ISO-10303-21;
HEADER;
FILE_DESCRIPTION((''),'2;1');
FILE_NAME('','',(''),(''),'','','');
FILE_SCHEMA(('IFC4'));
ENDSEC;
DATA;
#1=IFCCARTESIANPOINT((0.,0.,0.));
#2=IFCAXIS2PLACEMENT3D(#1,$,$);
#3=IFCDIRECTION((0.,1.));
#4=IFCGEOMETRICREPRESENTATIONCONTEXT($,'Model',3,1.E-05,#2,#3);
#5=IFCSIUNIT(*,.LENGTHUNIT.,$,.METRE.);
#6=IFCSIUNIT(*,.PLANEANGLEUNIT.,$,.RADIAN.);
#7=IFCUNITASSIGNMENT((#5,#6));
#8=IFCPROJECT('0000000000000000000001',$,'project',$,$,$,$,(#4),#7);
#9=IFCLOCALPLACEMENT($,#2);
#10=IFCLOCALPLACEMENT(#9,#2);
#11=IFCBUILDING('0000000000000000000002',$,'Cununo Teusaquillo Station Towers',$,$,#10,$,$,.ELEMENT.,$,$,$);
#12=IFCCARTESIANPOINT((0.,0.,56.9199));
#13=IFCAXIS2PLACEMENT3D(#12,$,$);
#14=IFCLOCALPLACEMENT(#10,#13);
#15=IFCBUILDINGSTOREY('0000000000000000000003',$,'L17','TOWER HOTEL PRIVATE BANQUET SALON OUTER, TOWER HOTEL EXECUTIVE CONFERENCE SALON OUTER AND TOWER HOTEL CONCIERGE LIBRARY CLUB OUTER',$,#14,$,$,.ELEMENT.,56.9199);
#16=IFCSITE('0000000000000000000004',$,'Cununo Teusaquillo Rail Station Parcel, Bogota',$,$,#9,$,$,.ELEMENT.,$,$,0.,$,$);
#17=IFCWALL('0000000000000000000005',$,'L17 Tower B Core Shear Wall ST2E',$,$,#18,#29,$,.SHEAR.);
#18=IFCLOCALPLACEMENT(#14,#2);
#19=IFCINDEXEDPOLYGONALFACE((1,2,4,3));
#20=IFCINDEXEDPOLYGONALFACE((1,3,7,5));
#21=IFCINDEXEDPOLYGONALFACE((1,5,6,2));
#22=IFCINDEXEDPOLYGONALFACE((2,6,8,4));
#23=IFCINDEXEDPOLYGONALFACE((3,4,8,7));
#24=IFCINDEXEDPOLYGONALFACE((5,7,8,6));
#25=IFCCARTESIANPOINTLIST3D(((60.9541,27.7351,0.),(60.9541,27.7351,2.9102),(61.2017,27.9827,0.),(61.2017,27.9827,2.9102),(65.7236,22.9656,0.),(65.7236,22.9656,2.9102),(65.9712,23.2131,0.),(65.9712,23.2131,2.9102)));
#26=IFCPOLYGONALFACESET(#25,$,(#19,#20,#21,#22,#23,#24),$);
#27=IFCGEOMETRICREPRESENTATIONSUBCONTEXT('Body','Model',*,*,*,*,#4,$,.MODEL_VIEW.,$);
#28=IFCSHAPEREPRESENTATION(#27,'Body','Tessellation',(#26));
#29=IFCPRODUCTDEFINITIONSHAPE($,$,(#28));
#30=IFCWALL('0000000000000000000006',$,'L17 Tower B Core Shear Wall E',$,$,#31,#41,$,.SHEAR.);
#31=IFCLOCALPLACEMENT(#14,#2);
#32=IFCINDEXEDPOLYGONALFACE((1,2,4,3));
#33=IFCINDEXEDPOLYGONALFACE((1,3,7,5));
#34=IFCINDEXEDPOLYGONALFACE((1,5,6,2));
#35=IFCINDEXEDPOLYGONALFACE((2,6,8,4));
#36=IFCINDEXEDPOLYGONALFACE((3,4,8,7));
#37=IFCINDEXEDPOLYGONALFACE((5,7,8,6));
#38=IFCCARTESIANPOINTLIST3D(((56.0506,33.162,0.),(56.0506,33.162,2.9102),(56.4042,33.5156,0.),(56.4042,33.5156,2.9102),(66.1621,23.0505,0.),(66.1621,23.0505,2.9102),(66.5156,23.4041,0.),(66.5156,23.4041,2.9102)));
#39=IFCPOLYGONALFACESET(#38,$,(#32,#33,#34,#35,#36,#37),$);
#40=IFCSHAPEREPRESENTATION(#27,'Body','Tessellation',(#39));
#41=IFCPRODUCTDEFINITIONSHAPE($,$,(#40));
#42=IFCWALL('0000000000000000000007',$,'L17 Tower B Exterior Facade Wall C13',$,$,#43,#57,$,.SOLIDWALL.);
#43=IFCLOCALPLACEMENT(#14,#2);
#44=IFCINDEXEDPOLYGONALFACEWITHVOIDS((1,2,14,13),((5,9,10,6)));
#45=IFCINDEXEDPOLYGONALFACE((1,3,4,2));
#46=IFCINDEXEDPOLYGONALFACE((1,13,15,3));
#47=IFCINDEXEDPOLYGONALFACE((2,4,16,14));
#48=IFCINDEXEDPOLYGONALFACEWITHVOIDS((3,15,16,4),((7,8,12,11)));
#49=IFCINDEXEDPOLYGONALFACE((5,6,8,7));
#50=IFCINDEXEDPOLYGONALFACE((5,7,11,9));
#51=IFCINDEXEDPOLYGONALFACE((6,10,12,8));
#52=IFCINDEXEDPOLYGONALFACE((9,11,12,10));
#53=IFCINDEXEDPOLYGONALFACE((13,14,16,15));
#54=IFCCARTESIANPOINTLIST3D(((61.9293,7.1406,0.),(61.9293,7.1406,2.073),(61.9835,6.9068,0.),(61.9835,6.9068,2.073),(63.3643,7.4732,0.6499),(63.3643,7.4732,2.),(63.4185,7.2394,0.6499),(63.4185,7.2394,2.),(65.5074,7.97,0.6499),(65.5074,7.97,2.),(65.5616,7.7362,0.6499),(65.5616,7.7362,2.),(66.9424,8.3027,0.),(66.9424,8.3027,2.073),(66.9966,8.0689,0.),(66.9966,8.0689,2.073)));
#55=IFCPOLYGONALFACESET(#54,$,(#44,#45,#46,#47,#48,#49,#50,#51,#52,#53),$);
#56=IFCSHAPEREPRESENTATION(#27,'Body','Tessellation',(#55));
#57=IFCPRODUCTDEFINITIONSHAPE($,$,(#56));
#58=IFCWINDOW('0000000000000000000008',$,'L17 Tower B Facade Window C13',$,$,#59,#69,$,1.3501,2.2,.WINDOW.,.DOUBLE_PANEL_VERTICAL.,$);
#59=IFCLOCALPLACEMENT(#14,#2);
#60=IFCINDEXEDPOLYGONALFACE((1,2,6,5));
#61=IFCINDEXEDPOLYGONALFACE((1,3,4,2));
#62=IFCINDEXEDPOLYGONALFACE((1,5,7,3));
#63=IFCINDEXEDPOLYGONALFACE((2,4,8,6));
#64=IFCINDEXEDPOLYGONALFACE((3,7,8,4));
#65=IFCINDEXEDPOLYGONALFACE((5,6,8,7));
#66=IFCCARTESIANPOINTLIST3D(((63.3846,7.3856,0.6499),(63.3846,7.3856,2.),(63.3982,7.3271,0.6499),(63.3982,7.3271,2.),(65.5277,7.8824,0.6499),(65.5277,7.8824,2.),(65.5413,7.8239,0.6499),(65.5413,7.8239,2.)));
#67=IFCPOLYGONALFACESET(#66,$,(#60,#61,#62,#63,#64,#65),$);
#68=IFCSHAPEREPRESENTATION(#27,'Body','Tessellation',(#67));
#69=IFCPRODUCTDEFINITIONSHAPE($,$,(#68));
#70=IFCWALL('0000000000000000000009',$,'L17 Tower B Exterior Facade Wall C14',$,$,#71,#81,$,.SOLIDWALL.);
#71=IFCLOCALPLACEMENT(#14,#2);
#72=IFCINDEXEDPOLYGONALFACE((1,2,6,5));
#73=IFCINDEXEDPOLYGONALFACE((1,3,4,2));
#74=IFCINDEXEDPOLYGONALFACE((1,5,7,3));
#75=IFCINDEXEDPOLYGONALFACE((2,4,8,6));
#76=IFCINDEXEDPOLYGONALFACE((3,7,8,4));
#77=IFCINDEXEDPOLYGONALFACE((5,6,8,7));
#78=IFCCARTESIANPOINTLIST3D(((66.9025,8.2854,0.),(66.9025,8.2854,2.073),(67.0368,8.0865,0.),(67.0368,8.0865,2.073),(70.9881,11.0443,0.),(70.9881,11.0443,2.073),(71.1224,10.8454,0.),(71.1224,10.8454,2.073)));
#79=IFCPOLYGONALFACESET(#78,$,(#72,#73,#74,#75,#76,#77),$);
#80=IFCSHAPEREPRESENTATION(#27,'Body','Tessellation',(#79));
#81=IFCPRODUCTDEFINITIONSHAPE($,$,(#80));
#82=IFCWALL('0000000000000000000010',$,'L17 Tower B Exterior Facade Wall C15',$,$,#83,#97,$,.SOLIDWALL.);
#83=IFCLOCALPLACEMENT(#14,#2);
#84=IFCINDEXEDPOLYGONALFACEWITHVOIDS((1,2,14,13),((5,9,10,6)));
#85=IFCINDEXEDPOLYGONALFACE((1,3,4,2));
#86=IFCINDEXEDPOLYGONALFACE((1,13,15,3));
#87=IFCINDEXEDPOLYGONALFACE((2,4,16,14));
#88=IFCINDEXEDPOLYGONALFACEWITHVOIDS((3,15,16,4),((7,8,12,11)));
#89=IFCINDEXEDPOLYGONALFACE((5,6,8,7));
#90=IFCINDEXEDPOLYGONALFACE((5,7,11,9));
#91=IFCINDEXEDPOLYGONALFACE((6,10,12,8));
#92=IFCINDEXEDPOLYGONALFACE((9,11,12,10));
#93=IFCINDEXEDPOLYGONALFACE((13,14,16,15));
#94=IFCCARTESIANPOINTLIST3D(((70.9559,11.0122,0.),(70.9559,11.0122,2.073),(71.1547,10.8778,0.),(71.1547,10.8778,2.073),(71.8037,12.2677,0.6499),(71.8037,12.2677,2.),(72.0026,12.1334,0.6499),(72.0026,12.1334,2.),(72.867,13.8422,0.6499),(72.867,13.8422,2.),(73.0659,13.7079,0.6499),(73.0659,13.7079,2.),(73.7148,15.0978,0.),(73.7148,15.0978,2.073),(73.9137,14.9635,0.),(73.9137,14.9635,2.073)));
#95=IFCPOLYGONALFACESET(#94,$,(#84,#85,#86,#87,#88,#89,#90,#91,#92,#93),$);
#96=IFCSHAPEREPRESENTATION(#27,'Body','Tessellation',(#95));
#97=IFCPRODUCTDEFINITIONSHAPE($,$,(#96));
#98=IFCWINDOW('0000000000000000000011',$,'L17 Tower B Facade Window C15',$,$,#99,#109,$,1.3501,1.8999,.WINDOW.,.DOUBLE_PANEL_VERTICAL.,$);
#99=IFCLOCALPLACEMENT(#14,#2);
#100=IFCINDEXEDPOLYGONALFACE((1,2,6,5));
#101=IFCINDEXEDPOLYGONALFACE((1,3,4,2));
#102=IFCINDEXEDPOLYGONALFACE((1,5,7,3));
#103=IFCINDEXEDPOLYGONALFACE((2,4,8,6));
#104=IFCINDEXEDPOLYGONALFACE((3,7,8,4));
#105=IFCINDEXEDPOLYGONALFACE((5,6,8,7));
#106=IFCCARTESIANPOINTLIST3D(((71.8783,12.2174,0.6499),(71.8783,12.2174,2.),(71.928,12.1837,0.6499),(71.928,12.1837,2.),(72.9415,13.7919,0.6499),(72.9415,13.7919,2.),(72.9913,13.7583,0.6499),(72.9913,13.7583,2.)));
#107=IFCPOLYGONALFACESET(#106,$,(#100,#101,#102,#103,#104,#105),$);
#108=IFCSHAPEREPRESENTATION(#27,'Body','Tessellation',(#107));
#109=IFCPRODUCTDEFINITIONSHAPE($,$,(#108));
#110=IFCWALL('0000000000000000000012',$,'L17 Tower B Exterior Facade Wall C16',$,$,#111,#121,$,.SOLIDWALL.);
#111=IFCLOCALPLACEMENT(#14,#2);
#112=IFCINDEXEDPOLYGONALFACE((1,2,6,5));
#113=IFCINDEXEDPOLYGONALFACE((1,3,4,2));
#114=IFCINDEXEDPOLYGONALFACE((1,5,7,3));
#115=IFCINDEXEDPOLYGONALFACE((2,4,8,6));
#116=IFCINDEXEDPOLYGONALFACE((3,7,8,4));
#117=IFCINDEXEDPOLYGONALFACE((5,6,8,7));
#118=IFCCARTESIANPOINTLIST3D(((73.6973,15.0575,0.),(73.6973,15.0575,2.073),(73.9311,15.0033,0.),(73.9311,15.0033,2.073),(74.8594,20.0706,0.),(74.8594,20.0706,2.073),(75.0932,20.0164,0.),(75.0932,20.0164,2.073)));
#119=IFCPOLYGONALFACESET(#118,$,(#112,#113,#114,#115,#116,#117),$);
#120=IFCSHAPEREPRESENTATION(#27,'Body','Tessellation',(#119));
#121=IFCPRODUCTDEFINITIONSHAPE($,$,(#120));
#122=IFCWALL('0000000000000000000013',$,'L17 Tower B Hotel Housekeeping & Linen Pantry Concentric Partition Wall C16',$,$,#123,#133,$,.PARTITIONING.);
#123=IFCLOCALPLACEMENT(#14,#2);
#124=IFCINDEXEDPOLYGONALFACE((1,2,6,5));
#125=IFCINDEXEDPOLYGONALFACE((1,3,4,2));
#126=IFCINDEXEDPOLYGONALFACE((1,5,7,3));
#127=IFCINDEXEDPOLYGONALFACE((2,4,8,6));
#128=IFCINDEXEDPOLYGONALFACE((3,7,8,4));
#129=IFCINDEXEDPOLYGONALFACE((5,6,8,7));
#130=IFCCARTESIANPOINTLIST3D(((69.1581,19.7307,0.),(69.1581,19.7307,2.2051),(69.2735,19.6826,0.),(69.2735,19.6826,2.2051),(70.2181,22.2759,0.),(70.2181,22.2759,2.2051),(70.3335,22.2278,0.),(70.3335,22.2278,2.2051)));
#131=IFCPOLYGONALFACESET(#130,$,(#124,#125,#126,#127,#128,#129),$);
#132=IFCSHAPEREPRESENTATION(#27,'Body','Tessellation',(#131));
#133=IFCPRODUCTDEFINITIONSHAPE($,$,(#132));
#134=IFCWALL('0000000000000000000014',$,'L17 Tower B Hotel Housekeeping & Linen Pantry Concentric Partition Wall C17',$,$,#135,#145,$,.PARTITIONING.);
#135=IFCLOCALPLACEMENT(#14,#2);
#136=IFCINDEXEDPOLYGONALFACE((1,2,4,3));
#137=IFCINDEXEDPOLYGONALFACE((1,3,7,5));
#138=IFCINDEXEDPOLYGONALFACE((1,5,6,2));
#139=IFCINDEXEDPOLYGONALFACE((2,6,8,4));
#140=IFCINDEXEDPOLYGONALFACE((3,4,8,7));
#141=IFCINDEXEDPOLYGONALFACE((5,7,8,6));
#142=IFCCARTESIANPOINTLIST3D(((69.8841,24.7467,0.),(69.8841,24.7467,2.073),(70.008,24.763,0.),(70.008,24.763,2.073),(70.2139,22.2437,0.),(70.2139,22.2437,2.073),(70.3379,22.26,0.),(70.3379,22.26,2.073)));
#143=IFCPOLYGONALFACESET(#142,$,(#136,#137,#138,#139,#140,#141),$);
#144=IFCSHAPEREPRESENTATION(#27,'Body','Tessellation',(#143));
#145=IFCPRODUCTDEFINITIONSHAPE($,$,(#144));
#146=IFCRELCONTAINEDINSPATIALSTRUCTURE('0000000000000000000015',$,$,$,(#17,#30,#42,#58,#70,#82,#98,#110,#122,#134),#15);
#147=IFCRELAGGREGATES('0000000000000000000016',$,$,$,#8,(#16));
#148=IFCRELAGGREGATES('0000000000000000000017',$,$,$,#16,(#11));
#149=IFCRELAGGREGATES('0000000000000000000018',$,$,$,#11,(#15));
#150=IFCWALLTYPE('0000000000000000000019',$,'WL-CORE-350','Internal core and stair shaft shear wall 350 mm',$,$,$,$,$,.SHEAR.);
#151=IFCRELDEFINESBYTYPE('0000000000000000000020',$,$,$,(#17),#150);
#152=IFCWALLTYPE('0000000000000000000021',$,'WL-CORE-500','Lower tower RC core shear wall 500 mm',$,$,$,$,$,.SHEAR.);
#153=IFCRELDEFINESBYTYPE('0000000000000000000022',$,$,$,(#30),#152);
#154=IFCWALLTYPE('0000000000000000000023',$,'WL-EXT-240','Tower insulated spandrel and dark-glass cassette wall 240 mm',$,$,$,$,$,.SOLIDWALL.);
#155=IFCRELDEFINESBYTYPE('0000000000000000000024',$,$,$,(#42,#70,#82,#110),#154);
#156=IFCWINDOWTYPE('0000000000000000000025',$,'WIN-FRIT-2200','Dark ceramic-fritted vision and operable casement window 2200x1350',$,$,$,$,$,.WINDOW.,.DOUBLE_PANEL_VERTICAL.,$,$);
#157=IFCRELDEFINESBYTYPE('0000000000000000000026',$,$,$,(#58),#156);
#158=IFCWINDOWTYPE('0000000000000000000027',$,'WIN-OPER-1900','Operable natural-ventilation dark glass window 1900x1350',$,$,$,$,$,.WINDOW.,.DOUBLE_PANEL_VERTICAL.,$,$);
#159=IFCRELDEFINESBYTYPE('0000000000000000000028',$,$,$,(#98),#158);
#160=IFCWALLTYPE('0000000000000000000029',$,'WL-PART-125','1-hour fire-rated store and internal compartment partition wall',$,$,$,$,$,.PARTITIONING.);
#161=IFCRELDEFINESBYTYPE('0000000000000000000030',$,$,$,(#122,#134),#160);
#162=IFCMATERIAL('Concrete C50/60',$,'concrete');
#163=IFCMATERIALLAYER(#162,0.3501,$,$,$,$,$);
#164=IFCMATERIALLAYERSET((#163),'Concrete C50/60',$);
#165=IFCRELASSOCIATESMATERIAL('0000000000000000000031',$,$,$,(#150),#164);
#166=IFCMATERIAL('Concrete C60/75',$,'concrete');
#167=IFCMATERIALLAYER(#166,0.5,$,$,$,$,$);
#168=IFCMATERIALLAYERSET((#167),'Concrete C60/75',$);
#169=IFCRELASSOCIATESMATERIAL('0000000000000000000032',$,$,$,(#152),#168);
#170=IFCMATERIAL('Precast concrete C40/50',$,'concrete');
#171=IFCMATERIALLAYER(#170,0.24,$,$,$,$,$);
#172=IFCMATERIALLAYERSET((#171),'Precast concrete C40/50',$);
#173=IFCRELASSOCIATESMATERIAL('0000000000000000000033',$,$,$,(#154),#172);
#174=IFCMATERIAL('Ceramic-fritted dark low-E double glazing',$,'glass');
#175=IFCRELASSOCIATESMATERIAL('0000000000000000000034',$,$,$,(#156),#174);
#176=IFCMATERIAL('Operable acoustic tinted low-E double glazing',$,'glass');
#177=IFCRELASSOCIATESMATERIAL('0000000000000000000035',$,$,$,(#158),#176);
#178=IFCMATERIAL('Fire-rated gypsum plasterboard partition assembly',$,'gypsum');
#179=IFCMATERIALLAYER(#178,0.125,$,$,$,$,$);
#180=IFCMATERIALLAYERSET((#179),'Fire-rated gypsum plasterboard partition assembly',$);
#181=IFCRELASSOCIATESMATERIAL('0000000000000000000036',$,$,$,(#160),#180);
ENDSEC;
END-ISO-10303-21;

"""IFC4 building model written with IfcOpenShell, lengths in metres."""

from ifc_helpers import new_model, si_unit, direction, frame, frame_2d, origin, place, context, subcontext, project, spatial, rectangle, extrude, source, transform, mapped, material, layer, layer_set, type_object, element, fill, save


model = new_model("IFC4")

# Units and contexts
model_context = context("Model", 3, precision=1e-05, world=origin(), true_north=direction((0.0, 1.0)))
body_context = subcontext(model_context, "Body", "Model", "MODEL_VIEW")
ifc_project = project(units=[si_unit("LENGTHUNIT", "METRE"), si_unit("PLANEANGLEUNIT", "RADIAN")], contexts=[model_context])

# Site, building, storey
site_placement = place(None, origin())
site = spatial("IfcSite", under=ifc_project, at=site_placement, Name="Cununo Teusaquillo Rail Station Parcel, Bogota", CompositionType="ELEMENT", RefElevation=0.0)
building_placement = place(site_placement, origin())
building = spatial("IfcBuilding", under=site, at=building_placement, Name="Cununo Teusaquillo Station Towers", CompositionType="ELEMENT")
storey_placement = place(building_placement, frame((0.0, 0.0, 56.9199)))
storey = spatial("IfcBuildingStorey", under=building, at=storey_placement, Name="L17", Description="TOWER HOTEL PRIVATE BANQUET SALON OUTER, TOWER HOTEL EXECUTIVE CONFERENCE SALON OUTER AND TOWER HOTEL CONCIERGE LIBRARY CLUB OUTER", CompositionType="ELEMENT", Elevation=56.9199)

# Walls
ifc_material_1 = material(Name="Concrete C50/60", Category="concrete")
ifc_layer_1 = layer(ifc_material_1, 0.3501)
ifc_layer_set_1 = layer_set([ifc_layer_1], Name="Concrete C50/60")
wall_type_1 = type_object("IfcWallType", Name="WL-CORE-350", Description="Internal core and stair shaft shear wall 350 mm", PredefinedType="SHEAR", material=ifc_layer_set_1)
wall_1_placement = place(storey_placement, frame((65.8474, 23.0894, 0.0), z_axis=(0.0, 0.0, 1.0), x_axis=(-0.707107, 0.707107, 0.0)))
element("IfcWall", 1, at=wall_1_placement, inside=storey, type_object=wall_type_1, Name="L17 Tower B Core Shear Wall ST2E", PredefinedType="SHEAR", context=body_context, shape_type="SweptSolid", body=[
    extrude(rectangle(XDim=6.7451, YDim=0.3501, at=frame_2d((3.3726, 0.0))), origin(), (0.0, 0.0, 1.0), 2.9102),
])
ifc_material_2 = material(Name="Concrete C60/75", Category="concrete")
ifc_layer_2 = layer(ifc_material_2, 0.5)
ifc_layer_set_2 = layer_set([ifc_layer_2], Name="Concrete C60/75")
wall_type_2 = type_object("IfcWallType", Name="WL-CORE-500", Description="Lower tower RC core shear wall 500 mm", PredefinedType="SHEAR", material=ifc_layer_set_2)
wall_2_placement = place(storey_placement, frame((66.3389, 23.2273, 0.0), z_axis=(0.0, 0.0, 1.0), x_axis=(-0.707107, 0.707107, 0.0)))
element("IfcWall", 2, at=wall_2_placement, inside=storey, type_object=wall_type_2, Name="L17 Tower B Core Shear Wall E", PredefinedType="SHEAR", context=body_context, shape_type="SweptSolid", body=[
    extrude(rectangle(XDim=14.2998, YDim=0.5, at=frame_2d((7.1499, 0.0))), origin(), (0.0, 0.0, 1.0), 2.9102),
])

# Wall, opening, window
ifc_material_3 = material(Name="Precast concrete C40/50", Category="concrete")
ifc_layer_3 = layer(ifc_material_3, 0.24)
ifc_layer_set_3 = layer_set([ifc_layer_3], Name="Precast concrete C40/50")
wall_type_3 = type_object("IfcWallType", Name="WL-EXT-240", Description="Tower insulated spandrel and dark-glass cassette wall 240 mm", PredefinedType="SOLIDWALL", material=ifc_layer_set_3)
wall_3_placement = place(storey_placement, frame((66.9695, 8.1858, 0.0), z_axis=(0.0, 0.0, 1.0), x_axis=(-0.974166, -0.225833, 0.0)))
wall_3 = element("IfcWall", 3, at=wall_3_placement, inside=storey, type_object=wall_type_3, Name="L17 Tower B Exterior Facade Wall C13", PredefinedType="SOLIDWALL", context=body_context, shape_type="SweptSolid", body=[
    extrude(rectangle(XDim=5.146, YDim=0.24, at=frame_2d((2.573, 0.0))), origin(), (0.0, 0.0, 1.0), 2.073),
])
shared_shape_1 = source(origin(), body_context, "Body", "SweptSolid", [
    extrude(rectangle(XDim=2.2, YDim=1.3501, at=frame_2d((1.1001, 0.675))), frame((0.0, 0.1299, 0.0), z_axis=(0.0, -1.0, 0.0), x_axis=(1.0, 0.0, 0.0)), (0.0, 0.0, 1.0), 0.26),
])
opening_1_placement = place(wall_3_placement, frame((1.4729, 0.0, 0.6499)))
opening_1 = element("IfcOpeningElement", 4, at=opening_1_placement, cuts=wall_3, PredefinedType="OPENING", context=body_context, shape_type="MappedRepresentation", body=[
    mapped(shared_shape_1, transform((0.0, 0.0, 0.0), x_axis=(1.0, 0.0, 0.0), y_axis=(0.0, 1.0, 0.0), z_axis=(0.0, 0.0, 1.0), scale=1.0)),
])
ifc_material_4 = material(Name="Ceramic-fritted dark low-E double glazing", Category="glass")
window_type_1 = type_object("IfcWindowType", Name="WIN-FRIT-2200", Description="Dark ceramic-fritted vision and operable casement window 2200x1350", PartitioningType="DOUBLE_PANEL_VERTICAL", PredefinedType="WINDOW", material=ifc_material_4)
shared_shape_2 = source(origin(), body_context, "Body", "SweptSolid", [
    extrude(rectangle(XDim=2.2, YDim=1.3501, at=frame_2d((1.1001, 0.675))), frame((0.0, 0.03, 0.0), z_axis=(0.0, -1.0, 0.0), x_axis=(1.0, 0.0, 0.0)), (0.0, 0.0, 1.0), 0.0601),
])
window_1_placement = place(opening_1_placement, origin())
window_1 = element("IfcWindow", 5, at=window_1_placement, inside=storey, type_object=window_type_1, Name="L17 Tower B Facade Window C13", OverallHeight=1.3501, OverallWidth=2.2, PartitioningType="DOUBLE_PANEL_VERTICAL", PredefinedType="WINDOW", context=body_context, shape_type="MappedRepresentation", body=[
    mapped(shared_shape_2, transform((0.0, 0.0, 0.0), x_axis=(1.0, 0.0, 0.0), y_axis=(0.0, 1.0, 0.0), z_axis=(0.0, 0.0, 1.0), scale=1.0)),
])
fill(opening_1, window_1)

# Wall
wall_4_placement = place(storey_placement, frame((71.0552, 10.9448, 0.0), z_axis=(0.0, 0.0, 1.0), x_axis=(-0.828737, -0.559639, 0.0)))
element("IfcWall", 6, at=wall_4_placement, inside=storey, type_object=wall_type_3, Name="L17 Tower B Exterior Facade Wall C14", PredefinedType="SOLIDWALL", context=body_context, shape_type="SweptSolid", body=[
    extrude(rectangle(XDim=4.9299, YDim=0.24, at=frame_2d((2.4648, 0.0))), origin(), (0.0, 0.0, 1.0), 2.073),
])

# Wall, opening, window
wall_5_placement = place(storey_placement, frame((73.8142, 15.0305, 0.0), z_axis=(0.0, 0.0, 1.0), x_axis=(-0.559639, -0.828737, 0.0)))
wall_5 = element("IfcWall", 7, at=wall_5_placement, inside=storey, type_object=wall_type_3, Name="L17 Tower B Exterior Facade Wall C15", PredefinedType="SOLIDWALL", context=body_context, shape_type="SweptSolid", body=[
    extrude(rectangle(XDim=4.9299, YDim=0.24, at=frame_2d((2.4648, 0.0))), origin(), (0.0, 0.0, 1.0), 2.073),
])
shared_shape_3 = source(origin(), body_context, "Body", "SweptSolid", [
    extrude(rectangle(XDim=1.8999, YDim=1.3501, at=frame_2d((0.95, 0.675))), frame((0.0, 0.1299, 0.0), z_axis=(0.0, -1.0, 0.0), x_axis=(1.0, 0.0, 0.0)), (0.0, 0.0, 1.0), 0.26),
])
opening_2_placement = place(wall_5_placement, frame((1.5149, 0.0, 0.6499)))
opening_2 = element("IfcOpeningElement", 8, at=opening_2_placement, cuts=wall_5, PredefinedType="OPENING", context=body_context, shape_type="MappedRepresentation", body=[
    mapped(shared_shape_3, transform((0.0, 0.0, 0.0), x_axis=(1.0, 0.0, 0.0), y_axis=(0.0, 1.0, 0.0), z_axis=(0.0, 0.0, 1.0), scale=1.0)),
])
ifc_material_5 = material(Name="Operable acoustic tinted low-E double glazing", Category="glass")
window_type_2 = type_object("IfcWindowType", Name="WIN-OPER-1900", Description="Operable natural-ventilation dark glass window 1900x1350", PartitioningType="DOUBLE_PANEL_VERTICAL", PredefinedType="WINDOW", material=ifc_material_5)
shared_shape_4 = source(origin(), body_context, "Body", "SweptSolid", [
    extrude(rectangle(XDim=1.8999, YDim=1.3501, at=frame_2d((0.95, 0.675))), frame((0.0, 0.03, 0.0), z_axis=(0.0, -1.0, 0.0), x_axis=(1.0, 0.0, 0.0)), (0.0, 0.0, 1.0), 0.0601),
])
window_2_placement = place(opening_2_placement, origin())
window_2 = element("IfcWindow", 9, at=window_2_placement, inside=storey, type_object=window_type_2, Name="L17 Tower B Facade Window C15", OverallHeight=1.3501, OverallWidth=1.8999, PartitioningType="DOUBLE_PANEL_VERTICAL", PredefinedType="WINDOW", context=body_context, shape_type="MappedRepresentation", body=[
    mapped(shared_shape_4, transform((0.0, 0.0, 0.0), x_axis=(1.0, 0.0, 0.0), y_axis=(0.0, 1.0, 0.0), z_axis=(0.0, 0.0, 1.0), scale=1.0)),
])
fill(opening_2, window_2)

# Walls
wall_6_placement = place(storey_placement, frame((74.9763, 20.0435, 0.0), z_axis=(0.0, 0.0, 1.0), x_axis=(-0.225833, -0.974166, 0.0)))
element("IfcWall", 10, at=wall_6_placement, inside=storey, type_object=wall_type_3, Name="L17 Tower B Exterior Facade Wall C16", PredefinedType="SOLIDWALL", context=body_context, shape_type="SweptSolid", body=[
    extrude(rectangle(XDim=5.146, YDim=0.24, at=frame_2d((2.573, 0.0))), origin(), (0.0, 0.0, 1.0), 2.073),
])
ifc_material_6 = material(Name="Fire-rated gypsum plasterboard partition assembly", Category="gypsum")
ifc_layer_4 = layer(ifc_material_6, 0.125)
ifc_layer_set_4 = layer_set([ifc_layer_4], Name="Fire-rated gypsum plasterboard partition assembly")
wall_type_4 = type_object("IfcWallType", Name="WL-PART-125", Description="1-hour fire-rated store and internal compartment partition wall", PredefinedType="PARTITIONING", material=ifc_layer_set_4)
wall_7_placement = place(storey_placement, frame((69.2158, 19.7068, 0.0), z_axis=(0.0, 0.0, 1.0), x_axis=(0.384483, 0.923132, 0.0)))
element("IfcWall", 11, at=wall_7_placement, inside=storey, type_object=wall_type_4, Name="L17 Tower B Hotel Housekeeping & Linen Pantry Concentric Partition Wall C16", PredefinedType="PARTITIONING", context=body_context, shape_type="SweptSolid", body=[
    extrude(rectangle(XDim=2.7571, YDim=0.125, at=frame_2d((1.3784, 0.0))), origin(), (0.0, 0.0, 1.0), 2.2051),
])
wall_8_placement = place(storey_placement, frame((70.2759, 22.252, 0.0), z_axis=(0.0, 0.0, 1.0), x_axis=(-0.13065, 0.991429, 0.0)))
element("IfcWall", 12, at=wall_8_placement, inside=storey, type_object=wall_type_4, Name="L17 Tower B Hotel Housekeeping & Linen Pantry Concentric Partition Wall C17", PredefinedType="PARTITIONING", context=body_context, shape_type="SweptSolid", body=[
    extrude(rectangle(XDim=2.5247, YDim=0.125, at=frame_2d((1.2622, 0.0))), origin(), (0.0, 0.0, 1.0), 2.073),
])

save(model, "model.ifc")
